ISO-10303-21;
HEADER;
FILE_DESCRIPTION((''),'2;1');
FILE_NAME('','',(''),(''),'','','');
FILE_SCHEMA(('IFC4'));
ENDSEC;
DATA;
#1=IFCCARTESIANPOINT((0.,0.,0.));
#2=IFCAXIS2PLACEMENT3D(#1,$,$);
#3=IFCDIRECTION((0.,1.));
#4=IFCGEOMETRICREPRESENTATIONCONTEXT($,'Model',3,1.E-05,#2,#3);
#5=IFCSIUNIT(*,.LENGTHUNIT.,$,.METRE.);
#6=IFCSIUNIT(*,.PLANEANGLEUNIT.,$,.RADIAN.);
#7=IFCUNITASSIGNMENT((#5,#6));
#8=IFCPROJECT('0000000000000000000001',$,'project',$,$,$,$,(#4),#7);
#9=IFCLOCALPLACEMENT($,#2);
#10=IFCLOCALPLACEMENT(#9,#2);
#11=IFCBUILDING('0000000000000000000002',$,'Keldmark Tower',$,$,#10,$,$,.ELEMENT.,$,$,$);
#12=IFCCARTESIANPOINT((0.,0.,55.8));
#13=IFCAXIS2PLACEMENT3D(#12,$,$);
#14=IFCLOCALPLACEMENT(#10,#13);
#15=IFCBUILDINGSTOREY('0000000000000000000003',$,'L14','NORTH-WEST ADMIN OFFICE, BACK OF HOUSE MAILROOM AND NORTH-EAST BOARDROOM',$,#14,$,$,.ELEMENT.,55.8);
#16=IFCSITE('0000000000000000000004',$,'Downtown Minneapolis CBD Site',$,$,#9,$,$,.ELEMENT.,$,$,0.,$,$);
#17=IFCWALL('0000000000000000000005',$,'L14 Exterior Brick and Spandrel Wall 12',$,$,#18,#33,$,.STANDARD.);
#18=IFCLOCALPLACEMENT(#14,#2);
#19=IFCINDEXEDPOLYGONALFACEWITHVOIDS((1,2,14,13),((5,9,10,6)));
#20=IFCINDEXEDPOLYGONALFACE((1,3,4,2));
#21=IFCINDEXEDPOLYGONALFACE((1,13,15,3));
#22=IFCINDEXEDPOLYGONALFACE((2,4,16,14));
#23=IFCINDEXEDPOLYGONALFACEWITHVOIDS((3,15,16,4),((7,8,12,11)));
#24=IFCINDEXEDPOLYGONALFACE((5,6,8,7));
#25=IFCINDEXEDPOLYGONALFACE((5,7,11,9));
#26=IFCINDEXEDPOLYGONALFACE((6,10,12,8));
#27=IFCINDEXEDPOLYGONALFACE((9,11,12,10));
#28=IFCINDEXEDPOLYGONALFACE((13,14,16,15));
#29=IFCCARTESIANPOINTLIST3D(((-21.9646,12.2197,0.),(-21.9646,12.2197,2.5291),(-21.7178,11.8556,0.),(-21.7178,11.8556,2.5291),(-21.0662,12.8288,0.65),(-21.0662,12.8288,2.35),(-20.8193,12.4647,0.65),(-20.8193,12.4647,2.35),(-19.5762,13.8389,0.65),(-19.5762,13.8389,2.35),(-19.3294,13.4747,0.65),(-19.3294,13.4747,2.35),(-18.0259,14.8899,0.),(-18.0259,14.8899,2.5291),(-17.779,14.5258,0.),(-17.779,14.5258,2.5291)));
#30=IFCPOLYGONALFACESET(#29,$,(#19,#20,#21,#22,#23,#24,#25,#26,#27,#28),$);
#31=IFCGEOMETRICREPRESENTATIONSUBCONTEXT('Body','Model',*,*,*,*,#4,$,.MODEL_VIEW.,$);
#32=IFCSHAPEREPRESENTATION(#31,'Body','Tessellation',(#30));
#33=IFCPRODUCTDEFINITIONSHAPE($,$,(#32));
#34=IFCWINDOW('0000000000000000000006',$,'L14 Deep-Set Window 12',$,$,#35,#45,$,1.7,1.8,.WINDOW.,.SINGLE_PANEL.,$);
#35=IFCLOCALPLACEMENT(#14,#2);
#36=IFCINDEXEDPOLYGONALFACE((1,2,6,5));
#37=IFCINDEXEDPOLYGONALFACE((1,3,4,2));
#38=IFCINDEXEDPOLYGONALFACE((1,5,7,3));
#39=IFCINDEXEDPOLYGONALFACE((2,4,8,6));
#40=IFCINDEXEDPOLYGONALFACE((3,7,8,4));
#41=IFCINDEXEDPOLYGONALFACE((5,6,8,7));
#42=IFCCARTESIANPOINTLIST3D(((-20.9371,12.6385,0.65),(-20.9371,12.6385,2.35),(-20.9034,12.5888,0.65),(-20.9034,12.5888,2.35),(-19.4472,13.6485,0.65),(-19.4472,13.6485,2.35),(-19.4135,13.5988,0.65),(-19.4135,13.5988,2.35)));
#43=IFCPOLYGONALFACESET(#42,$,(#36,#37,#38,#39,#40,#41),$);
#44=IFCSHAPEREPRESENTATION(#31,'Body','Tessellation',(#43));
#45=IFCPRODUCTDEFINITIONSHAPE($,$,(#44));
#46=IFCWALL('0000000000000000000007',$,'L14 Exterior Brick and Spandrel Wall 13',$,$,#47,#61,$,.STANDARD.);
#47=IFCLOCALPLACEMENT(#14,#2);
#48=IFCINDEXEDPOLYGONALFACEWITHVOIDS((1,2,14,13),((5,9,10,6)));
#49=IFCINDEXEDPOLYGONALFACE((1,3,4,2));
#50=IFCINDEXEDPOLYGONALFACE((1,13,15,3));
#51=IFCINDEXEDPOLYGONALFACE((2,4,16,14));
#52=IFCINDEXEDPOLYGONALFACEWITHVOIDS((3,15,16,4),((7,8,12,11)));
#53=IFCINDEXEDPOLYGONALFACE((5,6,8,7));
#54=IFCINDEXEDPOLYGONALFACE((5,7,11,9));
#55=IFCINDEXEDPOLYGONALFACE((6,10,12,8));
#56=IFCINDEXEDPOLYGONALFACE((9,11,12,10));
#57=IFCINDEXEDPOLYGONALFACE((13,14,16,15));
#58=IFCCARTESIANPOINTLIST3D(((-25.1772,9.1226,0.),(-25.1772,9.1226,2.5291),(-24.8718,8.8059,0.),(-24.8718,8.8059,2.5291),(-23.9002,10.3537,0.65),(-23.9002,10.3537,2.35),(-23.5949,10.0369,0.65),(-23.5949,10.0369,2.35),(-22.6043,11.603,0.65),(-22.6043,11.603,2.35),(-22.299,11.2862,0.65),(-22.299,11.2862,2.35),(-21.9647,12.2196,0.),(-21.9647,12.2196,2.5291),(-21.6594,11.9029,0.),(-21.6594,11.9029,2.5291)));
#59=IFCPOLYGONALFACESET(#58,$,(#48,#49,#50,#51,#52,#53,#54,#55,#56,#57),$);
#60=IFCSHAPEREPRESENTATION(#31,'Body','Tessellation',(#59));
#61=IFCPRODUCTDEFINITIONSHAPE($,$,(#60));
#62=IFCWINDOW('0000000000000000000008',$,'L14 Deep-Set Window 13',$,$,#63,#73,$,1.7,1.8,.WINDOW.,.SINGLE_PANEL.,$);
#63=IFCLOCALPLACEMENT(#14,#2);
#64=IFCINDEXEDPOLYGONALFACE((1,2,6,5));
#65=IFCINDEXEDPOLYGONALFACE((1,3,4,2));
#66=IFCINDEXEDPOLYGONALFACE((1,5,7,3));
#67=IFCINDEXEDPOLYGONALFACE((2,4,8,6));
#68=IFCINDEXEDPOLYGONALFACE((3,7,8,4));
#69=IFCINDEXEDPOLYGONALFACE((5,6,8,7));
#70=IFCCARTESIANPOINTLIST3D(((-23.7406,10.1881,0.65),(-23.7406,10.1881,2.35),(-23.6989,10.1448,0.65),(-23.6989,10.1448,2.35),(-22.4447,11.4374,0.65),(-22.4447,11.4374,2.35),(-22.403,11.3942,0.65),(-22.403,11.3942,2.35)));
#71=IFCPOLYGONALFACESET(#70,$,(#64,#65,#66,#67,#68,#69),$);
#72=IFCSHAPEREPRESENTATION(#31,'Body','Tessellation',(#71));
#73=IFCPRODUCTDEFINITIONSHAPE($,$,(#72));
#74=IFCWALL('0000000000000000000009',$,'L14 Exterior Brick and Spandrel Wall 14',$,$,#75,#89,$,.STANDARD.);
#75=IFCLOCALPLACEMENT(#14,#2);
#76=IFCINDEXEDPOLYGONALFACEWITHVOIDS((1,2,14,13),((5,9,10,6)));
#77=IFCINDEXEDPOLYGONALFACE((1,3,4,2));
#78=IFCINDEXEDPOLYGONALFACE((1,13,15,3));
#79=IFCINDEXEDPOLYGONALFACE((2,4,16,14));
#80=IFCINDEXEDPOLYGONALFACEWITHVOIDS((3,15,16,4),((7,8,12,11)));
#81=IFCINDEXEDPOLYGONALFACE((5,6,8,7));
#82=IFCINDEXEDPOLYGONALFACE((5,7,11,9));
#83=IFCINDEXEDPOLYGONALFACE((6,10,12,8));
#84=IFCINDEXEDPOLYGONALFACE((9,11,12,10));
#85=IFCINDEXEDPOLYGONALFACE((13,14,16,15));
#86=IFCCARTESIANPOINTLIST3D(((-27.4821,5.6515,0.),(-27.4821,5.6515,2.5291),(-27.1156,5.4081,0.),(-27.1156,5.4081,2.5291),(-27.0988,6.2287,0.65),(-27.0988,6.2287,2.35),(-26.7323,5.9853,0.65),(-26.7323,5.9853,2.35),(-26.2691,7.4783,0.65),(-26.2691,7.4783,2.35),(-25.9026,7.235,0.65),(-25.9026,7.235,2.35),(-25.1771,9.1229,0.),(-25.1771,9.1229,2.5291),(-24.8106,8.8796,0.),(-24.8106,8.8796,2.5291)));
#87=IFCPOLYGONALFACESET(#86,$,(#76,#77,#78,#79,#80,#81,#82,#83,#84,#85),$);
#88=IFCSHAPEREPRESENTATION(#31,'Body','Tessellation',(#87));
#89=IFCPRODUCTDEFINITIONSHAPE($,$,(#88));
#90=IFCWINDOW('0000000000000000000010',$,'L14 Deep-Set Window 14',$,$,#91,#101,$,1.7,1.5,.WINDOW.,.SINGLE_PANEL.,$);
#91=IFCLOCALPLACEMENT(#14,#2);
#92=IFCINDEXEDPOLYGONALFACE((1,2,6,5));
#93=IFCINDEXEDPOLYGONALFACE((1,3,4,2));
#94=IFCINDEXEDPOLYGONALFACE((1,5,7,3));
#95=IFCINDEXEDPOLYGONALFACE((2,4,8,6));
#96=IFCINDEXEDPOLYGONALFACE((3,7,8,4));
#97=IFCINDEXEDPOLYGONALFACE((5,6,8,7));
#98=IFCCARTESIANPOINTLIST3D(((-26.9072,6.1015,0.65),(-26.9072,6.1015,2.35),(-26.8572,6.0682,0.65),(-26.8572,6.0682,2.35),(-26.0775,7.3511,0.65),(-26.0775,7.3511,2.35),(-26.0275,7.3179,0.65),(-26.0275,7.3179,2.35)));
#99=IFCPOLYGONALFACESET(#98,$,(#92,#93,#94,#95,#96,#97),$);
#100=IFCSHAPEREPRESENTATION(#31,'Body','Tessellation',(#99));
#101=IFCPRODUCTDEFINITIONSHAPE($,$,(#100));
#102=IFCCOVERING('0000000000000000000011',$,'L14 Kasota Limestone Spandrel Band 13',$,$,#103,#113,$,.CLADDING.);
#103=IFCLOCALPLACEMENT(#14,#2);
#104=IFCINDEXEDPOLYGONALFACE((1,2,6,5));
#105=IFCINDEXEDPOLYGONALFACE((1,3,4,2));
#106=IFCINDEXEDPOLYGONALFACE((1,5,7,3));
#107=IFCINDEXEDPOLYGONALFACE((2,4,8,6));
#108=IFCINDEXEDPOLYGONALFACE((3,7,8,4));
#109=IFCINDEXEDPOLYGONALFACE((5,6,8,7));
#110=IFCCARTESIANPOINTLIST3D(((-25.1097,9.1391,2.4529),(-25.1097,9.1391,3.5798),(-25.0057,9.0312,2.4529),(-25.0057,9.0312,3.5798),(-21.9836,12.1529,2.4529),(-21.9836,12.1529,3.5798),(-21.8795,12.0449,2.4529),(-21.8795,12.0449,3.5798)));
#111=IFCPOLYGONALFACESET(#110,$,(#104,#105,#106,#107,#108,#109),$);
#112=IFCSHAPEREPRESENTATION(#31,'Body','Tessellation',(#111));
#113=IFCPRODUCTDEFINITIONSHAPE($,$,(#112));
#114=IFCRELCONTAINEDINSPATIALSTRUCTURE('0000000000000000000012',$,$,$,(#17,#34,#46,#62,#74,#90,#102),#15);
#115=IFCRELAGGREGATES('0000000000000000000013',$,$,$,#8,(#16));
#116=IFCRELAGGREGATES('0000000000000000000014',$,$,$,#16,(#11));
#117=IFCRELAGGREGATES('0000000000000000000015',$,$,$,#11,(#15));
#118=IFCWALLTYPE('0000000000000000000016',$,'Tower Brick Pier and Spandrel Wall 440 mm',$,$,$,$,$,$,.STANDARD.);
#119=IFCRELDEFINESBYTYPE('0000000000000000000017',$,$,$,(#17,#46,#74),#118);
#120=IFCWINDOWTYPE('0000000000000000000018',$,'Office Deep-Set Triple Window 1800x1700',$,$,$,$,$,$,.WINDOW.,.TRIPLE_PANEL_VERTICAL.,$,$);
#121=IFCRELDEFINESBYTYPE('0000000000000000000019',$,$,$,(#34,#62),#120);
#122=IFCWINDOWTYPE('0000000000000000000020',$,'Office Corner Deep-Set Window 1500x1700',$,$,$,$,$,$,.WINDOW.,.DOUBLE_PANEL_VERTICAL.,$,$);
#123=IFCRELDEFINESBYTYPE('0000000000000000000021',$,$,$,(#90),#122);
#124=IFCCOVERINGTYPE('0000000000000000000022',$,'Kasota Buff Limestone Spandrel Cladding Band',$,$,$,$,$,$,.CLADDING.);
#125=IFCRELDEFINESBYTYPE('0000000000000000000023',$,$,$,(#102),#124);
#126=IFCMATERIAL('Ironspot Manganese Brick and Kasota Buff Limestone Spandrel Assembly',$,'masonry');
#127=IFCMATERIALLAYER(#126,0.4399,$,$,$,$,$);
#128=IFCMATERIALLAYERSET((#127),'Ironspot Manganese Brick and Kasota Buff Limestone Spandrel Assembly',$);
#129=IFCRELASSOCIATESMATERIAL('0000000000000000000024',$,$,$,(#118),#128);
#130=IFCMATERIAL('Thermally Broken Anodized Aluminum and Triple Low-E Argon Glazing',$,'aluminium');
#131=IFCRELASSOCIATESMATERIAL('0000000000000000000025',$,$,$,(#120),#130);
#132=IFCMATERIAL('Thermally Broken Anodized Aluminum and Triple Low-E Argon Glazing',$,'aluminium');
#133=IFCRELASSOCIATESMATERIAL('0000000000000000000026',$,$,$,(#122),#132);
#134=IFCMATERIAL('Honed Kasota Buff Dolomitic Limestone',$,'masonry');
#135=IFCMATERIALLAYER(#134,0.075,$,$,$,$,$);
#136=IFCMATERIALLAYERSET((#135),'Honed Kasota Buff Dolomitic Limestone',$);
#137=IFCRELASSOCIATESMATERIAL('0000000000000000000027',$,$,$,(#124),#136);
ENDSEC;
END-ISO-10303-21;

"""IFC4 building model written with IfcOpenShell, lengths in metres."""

from ifc_helpers import new_model, si_unit, direction, frame, frame_2d, origin, origin_2d, place, context, subcontext, project, spatial, rectangle, extrude, material, layer, layer_set, type_object, element, fill, save


model = new_model("IFC4")

# Units and contexts
model_context = context("Model", 3, precision=1e-05, world=origin(), true_north=direction((0.0, 1.0)))
body_context = subcontext(model_context, "Body", "Model", "MODEL_VIEW")
ifc_project = project(units=[si_unit("LENGTHUNIT", "METRE"), si_unit("PLANEANGLEUNIT", "RADIAN")], contexts=[model_context])

# Site, building, storey
site_placement = place(None, origin())
site = spatial("IfcSite", under=ifc_project, at=site_placement, Name="Downtown Minneapolis CBD Site", CompositionType="ELEMENT", RefElevation=0.0)
building_placement = place(site_placement, origin())
building = spatial("IfcBuilding", under=site, at=building_placement, Name="Keldmark Tower", CompositionType="ELEMENT")
storey_placement = place(building_placement, frame((0.0, 0.0, 55.8)))
storey = spatial("IfcBuildingStorey", under=building, at=storey_placement, Name="L14", Description="NORTH-WEST ADMIN OFFICE, BACK OF HOUSE MAILROOM AND NORTH-EAST BOARDROOM", CompositionType="ELEMENT", Elevation=55.8)

# Walls, openings, windows
ifc_material_1 = material(Name="Ironspot Manganese Brick and Kasota Buff Limestone Spandrel Assembly", Category="masonry")
ifc_layer_1 = layer(ifc_material_1, 0.4399)
ifc_layer_set_1 = layer_set([ifc_layer_1], Name="Ironspot Manganese Brick and Kasota Buff Limestone Spandrel Assembly")
wall_type_1 = type_object("IfcWallType", Name="Tower Brick Pier and Spandrel Wall 440 mm", PredefinedType="STANDARD", material=ifc_layer_set_1)
wall_1_placement = place(storey_placement, frame((-21.8413, 12.0376, 0.0), z_axis=(0.0, 0.0, 1.0), x_axis=(0.827723, 0.561136, 0.0)))
wall_1 = element("IfcWall", 1, at=wall_1_placement, inside=storey, type_object=wall_type_1, Name="L14 Exterior Brick and Spandrel Wall 12", PredefinedType="STANDARD", context=body_context, shape_type="SweptSolid", body=[
    extrude(rectangle(XDim=4.7585, YDim=0.4399, at=frame_2d((2.3794, 0.0))), origin(), (0.0, 0.0, 1.0), 2.5291),
])
opening_1_placement = place(wall_1_placement, frame((1.0857, 0.0, 0.6499)))
opening_1 = element("IfcOpeningElement", 2, at=opening_1_placement, cuts=wall_1, PredefinedType="OPENING", context=body_context, shape_type="SweptSolid", body=[
    extrude(rectangle(XDim=1.8, YDim=1.7, at=frame_2d((0.8999, 0.8501))), frame((0.0, 0.23, 0.0), z_axis=(0.0, -1.0, 0.0), x_axis=(1.0, 0.0, 0.0)), (0.0, 0.0, 1.0), 0.46),
])
ifc_material_2 = material(Name="Thermally Broken Anodized Aluminum and Triple Low-E Argon Glazing", Category="aluminium")
window_type_1 = type_object("IfcWindowType", Name="Office Deep-Set Triple Window 1800x1700", PartitioningType="TRIPLE_PANEL_VERTICAL", PredefinedType="WINDOW", material=ifc_material_2)
window_1_placement = place(opening_1_placement, origin())
window_1 = element("IfcWindow", 3, at=window_1_placement, inside=storey, type_object=window_type_1, Name="L14 Deep-Set Window 12", OverallHeight=1.7, OverallWidth=1.8, PartitioningType="SINGLE_PANEL", PredefinedType="WINDOW", context=body_context, shape_type="SweptSolid", body=[
    extrude(rectangle(XDim=1.8, YDim=1.7, at=frame_2d((0.8999, 0.8501))), frame((0.0, -0.01, 0.0), z_axis=(0.0, -1.0, 0.0), x_axis=(1.0, 0.0, 0.0)), (0.0, 0.0, 1.0), 0.0601),
])
fill(opening_1, window_1)
wall_2_placement = place(storey_placement, frame((-25.0244, 8.9644, 0.0), z_axis=(0.0, 0.0, 1.0), x_axis=(0.719928, 0.694048, 0.0)))
wall_2 = element("IfcWall", 4, at=wall_2_placement, inside=storey, type_object=wall_type_1, Name="L14 Exterior Brick and Spandrel Wall 13", PredefinedType="STANDARD", context=body_context, shape_type="SweptSolid", body=[
    extrude(rectangle(XDim=4.4622, YDim=0.4399, at=frame_2d((2.231, 0.0))), origin(), (0.0, 0.0, 1.0), 2.5291),
])
opening_2_placement = place(wall_2_placement, frame((1.7737, 0.0, 0.6499)))
opening_2 = element("IfcOpeningElement", 5, at=opening_2_placement, cuts=wall_2, PredefinedType="OPENING", context=body_context, shape_type="SweptSolid", body=[
    extrude(rectangle(XDim=1.8, YDim=1.7, at=frame_2d((0.8999, 0.8501))), frame((0.0, 0.23, 0.0), z_axis=(0.0, -1.0, 0.0), x_axis=(1.0, 0.0, 0.0)), (0.0, 0.0, 1.0), 0.46),
])
window_2_placement = place(opening_2_placement, origin())
window_2 = element("IfcWindow", 6, at=window_2_placement, inside=storey, type_object=window_type_1, Name="L14 Deep-Set Window 13", OverallHeight=1.7, OverallWidth=1.8, PartitioningType="SINGLE_PANEL", PredefinedType="WINDOW", context=body_context, shape_type="SweptSolid", body=[
    extrude(rectangle(XDim=1.8, YDim=1.7, at=frame_2d((0.8999, 0.8501))), frame((0.0, -0.01, 0.0), z_axis=(0.0, -1.0, 0.0), x_axis=(1.0, 0.0, 0.0)), (0.0, 0.0, 1.0), 0.0601),
])
fill(opening_2, window_2)
wall_3_placement = place(storey_placement, frame((-27.2988, 5.5298, 0.0), z_axis=(0.0, 0.0, 1.0), x_axis=(0.553144, 0.833085, 0.0)))
wall_3 = element("IfcWall", 7, at=wall_3_placement, inside=storey, type_object=wall_type_1, Name="L14 Exterior Brick and Spandrel Wall 14", PredefinedType="STANDARD", context=body_context, shape_type="SweptSolid", body=[
    extrude(rectangle(XDim=4.167, YDim=0.4399, at=frame_2d((2.0835, 0.0))), origin(), (0.0, 0.0, 1.0), 2.5291),
])
opening_3_placement = place(wall_3_placement, frame((0.6929, 0.0, 0.6499)))
opening_3 = element("IfcOpeningElement", 8, at=opening_3_placement, cuts=wall_3, PredefinedType="OPENING", context=body_context, shape_type="SweptSolid", body=[
    extrude(rectangle(XDim=1.5, YDim=1.7, at=frame_2d((0.75, 0.8501))), frame((0.0, 0.23, 0.0), z_axis=(0.0, -1.0, 0.0), x_axis=(1.0, 0.0, 0.0)), (0.0, 0.0, 1.0), 0.46),
])
ifc_material_3 = material(Name="Thermally Broken Anodized Aluminum and Triple Low-E Argon Glazing", Category="aluminium")
window_type_2 = type_object("IfcWindowType", Name="Office Corner Deep-Set Window 1500x1700", PartitioningType="DOUBLE_PANEL_VERTICAL", PredefinedType="WINDOW", material=ifc_material_3)
window_3_placement = place(opening_3_placement, origin())
window_3 = element("IfcWindow", 9, at=window_3_placement, inside=storey, type_object=window_type_2, Name="L14 Deep-Set Window 14", OverallHeight=1.7, OverallWidth=1.5, PartitioningType="SINGLE_PANEL", PredefinedType="WINDOW", context=body_context, shape_type="SweptSolid", body=[
    extrude(rectangle(XDim=1.5, YDim=1.7, at=frame_2d((0.75, 0.8501))), frame((0.0, -0.01, 0.0), z_axis=(0.0, -1.0, 0.0), x_axis=(1.0, 0.0, 0.0)), (0.0, 0.0, 1.0), 0.0601),
])
fill(opening_3, window_3)

# Covering
ifc_material_4 = material(Name="Honed Kasota Buff Dolomitic Limestone", Category="masonry")
ifc_layer_2 = layer(ifc_material_4, 0.075)
ifc_layer_set_2 = layer_set([ifc_layer_2], Name="Honed Kasota Buff Dolomitic Limestone")
covering_type = type_object("IfcCoveringType", Name="Kasota Buff Limestone Spandrel Cladding Band", PredefinedType="CLADDING", material=ifc_layer_set_2)
covering_placement = place(storey_placement, frame((-23.4946, 10.592, 2.4529), z_axis=(0.0, 0.0, 1.0), x_axis=(-0.719934, -0.694043, 0.0)))
element("IfcCovering", 10, at=covering_placement, inside=storey, type_object=covering_type, Name="L14 Kasota Limestone Spandrel Band 13", PredefinedType="CLADDING", context=body_context, shape_type="SweptSolid", body=[
    extrude(rectangle(XDim=4.3423, YDim=0.1499, at=origin_2d()), origin(), (0.0, 0.0, 1.0), 1.127),
])

save(model, "model.ifc")
